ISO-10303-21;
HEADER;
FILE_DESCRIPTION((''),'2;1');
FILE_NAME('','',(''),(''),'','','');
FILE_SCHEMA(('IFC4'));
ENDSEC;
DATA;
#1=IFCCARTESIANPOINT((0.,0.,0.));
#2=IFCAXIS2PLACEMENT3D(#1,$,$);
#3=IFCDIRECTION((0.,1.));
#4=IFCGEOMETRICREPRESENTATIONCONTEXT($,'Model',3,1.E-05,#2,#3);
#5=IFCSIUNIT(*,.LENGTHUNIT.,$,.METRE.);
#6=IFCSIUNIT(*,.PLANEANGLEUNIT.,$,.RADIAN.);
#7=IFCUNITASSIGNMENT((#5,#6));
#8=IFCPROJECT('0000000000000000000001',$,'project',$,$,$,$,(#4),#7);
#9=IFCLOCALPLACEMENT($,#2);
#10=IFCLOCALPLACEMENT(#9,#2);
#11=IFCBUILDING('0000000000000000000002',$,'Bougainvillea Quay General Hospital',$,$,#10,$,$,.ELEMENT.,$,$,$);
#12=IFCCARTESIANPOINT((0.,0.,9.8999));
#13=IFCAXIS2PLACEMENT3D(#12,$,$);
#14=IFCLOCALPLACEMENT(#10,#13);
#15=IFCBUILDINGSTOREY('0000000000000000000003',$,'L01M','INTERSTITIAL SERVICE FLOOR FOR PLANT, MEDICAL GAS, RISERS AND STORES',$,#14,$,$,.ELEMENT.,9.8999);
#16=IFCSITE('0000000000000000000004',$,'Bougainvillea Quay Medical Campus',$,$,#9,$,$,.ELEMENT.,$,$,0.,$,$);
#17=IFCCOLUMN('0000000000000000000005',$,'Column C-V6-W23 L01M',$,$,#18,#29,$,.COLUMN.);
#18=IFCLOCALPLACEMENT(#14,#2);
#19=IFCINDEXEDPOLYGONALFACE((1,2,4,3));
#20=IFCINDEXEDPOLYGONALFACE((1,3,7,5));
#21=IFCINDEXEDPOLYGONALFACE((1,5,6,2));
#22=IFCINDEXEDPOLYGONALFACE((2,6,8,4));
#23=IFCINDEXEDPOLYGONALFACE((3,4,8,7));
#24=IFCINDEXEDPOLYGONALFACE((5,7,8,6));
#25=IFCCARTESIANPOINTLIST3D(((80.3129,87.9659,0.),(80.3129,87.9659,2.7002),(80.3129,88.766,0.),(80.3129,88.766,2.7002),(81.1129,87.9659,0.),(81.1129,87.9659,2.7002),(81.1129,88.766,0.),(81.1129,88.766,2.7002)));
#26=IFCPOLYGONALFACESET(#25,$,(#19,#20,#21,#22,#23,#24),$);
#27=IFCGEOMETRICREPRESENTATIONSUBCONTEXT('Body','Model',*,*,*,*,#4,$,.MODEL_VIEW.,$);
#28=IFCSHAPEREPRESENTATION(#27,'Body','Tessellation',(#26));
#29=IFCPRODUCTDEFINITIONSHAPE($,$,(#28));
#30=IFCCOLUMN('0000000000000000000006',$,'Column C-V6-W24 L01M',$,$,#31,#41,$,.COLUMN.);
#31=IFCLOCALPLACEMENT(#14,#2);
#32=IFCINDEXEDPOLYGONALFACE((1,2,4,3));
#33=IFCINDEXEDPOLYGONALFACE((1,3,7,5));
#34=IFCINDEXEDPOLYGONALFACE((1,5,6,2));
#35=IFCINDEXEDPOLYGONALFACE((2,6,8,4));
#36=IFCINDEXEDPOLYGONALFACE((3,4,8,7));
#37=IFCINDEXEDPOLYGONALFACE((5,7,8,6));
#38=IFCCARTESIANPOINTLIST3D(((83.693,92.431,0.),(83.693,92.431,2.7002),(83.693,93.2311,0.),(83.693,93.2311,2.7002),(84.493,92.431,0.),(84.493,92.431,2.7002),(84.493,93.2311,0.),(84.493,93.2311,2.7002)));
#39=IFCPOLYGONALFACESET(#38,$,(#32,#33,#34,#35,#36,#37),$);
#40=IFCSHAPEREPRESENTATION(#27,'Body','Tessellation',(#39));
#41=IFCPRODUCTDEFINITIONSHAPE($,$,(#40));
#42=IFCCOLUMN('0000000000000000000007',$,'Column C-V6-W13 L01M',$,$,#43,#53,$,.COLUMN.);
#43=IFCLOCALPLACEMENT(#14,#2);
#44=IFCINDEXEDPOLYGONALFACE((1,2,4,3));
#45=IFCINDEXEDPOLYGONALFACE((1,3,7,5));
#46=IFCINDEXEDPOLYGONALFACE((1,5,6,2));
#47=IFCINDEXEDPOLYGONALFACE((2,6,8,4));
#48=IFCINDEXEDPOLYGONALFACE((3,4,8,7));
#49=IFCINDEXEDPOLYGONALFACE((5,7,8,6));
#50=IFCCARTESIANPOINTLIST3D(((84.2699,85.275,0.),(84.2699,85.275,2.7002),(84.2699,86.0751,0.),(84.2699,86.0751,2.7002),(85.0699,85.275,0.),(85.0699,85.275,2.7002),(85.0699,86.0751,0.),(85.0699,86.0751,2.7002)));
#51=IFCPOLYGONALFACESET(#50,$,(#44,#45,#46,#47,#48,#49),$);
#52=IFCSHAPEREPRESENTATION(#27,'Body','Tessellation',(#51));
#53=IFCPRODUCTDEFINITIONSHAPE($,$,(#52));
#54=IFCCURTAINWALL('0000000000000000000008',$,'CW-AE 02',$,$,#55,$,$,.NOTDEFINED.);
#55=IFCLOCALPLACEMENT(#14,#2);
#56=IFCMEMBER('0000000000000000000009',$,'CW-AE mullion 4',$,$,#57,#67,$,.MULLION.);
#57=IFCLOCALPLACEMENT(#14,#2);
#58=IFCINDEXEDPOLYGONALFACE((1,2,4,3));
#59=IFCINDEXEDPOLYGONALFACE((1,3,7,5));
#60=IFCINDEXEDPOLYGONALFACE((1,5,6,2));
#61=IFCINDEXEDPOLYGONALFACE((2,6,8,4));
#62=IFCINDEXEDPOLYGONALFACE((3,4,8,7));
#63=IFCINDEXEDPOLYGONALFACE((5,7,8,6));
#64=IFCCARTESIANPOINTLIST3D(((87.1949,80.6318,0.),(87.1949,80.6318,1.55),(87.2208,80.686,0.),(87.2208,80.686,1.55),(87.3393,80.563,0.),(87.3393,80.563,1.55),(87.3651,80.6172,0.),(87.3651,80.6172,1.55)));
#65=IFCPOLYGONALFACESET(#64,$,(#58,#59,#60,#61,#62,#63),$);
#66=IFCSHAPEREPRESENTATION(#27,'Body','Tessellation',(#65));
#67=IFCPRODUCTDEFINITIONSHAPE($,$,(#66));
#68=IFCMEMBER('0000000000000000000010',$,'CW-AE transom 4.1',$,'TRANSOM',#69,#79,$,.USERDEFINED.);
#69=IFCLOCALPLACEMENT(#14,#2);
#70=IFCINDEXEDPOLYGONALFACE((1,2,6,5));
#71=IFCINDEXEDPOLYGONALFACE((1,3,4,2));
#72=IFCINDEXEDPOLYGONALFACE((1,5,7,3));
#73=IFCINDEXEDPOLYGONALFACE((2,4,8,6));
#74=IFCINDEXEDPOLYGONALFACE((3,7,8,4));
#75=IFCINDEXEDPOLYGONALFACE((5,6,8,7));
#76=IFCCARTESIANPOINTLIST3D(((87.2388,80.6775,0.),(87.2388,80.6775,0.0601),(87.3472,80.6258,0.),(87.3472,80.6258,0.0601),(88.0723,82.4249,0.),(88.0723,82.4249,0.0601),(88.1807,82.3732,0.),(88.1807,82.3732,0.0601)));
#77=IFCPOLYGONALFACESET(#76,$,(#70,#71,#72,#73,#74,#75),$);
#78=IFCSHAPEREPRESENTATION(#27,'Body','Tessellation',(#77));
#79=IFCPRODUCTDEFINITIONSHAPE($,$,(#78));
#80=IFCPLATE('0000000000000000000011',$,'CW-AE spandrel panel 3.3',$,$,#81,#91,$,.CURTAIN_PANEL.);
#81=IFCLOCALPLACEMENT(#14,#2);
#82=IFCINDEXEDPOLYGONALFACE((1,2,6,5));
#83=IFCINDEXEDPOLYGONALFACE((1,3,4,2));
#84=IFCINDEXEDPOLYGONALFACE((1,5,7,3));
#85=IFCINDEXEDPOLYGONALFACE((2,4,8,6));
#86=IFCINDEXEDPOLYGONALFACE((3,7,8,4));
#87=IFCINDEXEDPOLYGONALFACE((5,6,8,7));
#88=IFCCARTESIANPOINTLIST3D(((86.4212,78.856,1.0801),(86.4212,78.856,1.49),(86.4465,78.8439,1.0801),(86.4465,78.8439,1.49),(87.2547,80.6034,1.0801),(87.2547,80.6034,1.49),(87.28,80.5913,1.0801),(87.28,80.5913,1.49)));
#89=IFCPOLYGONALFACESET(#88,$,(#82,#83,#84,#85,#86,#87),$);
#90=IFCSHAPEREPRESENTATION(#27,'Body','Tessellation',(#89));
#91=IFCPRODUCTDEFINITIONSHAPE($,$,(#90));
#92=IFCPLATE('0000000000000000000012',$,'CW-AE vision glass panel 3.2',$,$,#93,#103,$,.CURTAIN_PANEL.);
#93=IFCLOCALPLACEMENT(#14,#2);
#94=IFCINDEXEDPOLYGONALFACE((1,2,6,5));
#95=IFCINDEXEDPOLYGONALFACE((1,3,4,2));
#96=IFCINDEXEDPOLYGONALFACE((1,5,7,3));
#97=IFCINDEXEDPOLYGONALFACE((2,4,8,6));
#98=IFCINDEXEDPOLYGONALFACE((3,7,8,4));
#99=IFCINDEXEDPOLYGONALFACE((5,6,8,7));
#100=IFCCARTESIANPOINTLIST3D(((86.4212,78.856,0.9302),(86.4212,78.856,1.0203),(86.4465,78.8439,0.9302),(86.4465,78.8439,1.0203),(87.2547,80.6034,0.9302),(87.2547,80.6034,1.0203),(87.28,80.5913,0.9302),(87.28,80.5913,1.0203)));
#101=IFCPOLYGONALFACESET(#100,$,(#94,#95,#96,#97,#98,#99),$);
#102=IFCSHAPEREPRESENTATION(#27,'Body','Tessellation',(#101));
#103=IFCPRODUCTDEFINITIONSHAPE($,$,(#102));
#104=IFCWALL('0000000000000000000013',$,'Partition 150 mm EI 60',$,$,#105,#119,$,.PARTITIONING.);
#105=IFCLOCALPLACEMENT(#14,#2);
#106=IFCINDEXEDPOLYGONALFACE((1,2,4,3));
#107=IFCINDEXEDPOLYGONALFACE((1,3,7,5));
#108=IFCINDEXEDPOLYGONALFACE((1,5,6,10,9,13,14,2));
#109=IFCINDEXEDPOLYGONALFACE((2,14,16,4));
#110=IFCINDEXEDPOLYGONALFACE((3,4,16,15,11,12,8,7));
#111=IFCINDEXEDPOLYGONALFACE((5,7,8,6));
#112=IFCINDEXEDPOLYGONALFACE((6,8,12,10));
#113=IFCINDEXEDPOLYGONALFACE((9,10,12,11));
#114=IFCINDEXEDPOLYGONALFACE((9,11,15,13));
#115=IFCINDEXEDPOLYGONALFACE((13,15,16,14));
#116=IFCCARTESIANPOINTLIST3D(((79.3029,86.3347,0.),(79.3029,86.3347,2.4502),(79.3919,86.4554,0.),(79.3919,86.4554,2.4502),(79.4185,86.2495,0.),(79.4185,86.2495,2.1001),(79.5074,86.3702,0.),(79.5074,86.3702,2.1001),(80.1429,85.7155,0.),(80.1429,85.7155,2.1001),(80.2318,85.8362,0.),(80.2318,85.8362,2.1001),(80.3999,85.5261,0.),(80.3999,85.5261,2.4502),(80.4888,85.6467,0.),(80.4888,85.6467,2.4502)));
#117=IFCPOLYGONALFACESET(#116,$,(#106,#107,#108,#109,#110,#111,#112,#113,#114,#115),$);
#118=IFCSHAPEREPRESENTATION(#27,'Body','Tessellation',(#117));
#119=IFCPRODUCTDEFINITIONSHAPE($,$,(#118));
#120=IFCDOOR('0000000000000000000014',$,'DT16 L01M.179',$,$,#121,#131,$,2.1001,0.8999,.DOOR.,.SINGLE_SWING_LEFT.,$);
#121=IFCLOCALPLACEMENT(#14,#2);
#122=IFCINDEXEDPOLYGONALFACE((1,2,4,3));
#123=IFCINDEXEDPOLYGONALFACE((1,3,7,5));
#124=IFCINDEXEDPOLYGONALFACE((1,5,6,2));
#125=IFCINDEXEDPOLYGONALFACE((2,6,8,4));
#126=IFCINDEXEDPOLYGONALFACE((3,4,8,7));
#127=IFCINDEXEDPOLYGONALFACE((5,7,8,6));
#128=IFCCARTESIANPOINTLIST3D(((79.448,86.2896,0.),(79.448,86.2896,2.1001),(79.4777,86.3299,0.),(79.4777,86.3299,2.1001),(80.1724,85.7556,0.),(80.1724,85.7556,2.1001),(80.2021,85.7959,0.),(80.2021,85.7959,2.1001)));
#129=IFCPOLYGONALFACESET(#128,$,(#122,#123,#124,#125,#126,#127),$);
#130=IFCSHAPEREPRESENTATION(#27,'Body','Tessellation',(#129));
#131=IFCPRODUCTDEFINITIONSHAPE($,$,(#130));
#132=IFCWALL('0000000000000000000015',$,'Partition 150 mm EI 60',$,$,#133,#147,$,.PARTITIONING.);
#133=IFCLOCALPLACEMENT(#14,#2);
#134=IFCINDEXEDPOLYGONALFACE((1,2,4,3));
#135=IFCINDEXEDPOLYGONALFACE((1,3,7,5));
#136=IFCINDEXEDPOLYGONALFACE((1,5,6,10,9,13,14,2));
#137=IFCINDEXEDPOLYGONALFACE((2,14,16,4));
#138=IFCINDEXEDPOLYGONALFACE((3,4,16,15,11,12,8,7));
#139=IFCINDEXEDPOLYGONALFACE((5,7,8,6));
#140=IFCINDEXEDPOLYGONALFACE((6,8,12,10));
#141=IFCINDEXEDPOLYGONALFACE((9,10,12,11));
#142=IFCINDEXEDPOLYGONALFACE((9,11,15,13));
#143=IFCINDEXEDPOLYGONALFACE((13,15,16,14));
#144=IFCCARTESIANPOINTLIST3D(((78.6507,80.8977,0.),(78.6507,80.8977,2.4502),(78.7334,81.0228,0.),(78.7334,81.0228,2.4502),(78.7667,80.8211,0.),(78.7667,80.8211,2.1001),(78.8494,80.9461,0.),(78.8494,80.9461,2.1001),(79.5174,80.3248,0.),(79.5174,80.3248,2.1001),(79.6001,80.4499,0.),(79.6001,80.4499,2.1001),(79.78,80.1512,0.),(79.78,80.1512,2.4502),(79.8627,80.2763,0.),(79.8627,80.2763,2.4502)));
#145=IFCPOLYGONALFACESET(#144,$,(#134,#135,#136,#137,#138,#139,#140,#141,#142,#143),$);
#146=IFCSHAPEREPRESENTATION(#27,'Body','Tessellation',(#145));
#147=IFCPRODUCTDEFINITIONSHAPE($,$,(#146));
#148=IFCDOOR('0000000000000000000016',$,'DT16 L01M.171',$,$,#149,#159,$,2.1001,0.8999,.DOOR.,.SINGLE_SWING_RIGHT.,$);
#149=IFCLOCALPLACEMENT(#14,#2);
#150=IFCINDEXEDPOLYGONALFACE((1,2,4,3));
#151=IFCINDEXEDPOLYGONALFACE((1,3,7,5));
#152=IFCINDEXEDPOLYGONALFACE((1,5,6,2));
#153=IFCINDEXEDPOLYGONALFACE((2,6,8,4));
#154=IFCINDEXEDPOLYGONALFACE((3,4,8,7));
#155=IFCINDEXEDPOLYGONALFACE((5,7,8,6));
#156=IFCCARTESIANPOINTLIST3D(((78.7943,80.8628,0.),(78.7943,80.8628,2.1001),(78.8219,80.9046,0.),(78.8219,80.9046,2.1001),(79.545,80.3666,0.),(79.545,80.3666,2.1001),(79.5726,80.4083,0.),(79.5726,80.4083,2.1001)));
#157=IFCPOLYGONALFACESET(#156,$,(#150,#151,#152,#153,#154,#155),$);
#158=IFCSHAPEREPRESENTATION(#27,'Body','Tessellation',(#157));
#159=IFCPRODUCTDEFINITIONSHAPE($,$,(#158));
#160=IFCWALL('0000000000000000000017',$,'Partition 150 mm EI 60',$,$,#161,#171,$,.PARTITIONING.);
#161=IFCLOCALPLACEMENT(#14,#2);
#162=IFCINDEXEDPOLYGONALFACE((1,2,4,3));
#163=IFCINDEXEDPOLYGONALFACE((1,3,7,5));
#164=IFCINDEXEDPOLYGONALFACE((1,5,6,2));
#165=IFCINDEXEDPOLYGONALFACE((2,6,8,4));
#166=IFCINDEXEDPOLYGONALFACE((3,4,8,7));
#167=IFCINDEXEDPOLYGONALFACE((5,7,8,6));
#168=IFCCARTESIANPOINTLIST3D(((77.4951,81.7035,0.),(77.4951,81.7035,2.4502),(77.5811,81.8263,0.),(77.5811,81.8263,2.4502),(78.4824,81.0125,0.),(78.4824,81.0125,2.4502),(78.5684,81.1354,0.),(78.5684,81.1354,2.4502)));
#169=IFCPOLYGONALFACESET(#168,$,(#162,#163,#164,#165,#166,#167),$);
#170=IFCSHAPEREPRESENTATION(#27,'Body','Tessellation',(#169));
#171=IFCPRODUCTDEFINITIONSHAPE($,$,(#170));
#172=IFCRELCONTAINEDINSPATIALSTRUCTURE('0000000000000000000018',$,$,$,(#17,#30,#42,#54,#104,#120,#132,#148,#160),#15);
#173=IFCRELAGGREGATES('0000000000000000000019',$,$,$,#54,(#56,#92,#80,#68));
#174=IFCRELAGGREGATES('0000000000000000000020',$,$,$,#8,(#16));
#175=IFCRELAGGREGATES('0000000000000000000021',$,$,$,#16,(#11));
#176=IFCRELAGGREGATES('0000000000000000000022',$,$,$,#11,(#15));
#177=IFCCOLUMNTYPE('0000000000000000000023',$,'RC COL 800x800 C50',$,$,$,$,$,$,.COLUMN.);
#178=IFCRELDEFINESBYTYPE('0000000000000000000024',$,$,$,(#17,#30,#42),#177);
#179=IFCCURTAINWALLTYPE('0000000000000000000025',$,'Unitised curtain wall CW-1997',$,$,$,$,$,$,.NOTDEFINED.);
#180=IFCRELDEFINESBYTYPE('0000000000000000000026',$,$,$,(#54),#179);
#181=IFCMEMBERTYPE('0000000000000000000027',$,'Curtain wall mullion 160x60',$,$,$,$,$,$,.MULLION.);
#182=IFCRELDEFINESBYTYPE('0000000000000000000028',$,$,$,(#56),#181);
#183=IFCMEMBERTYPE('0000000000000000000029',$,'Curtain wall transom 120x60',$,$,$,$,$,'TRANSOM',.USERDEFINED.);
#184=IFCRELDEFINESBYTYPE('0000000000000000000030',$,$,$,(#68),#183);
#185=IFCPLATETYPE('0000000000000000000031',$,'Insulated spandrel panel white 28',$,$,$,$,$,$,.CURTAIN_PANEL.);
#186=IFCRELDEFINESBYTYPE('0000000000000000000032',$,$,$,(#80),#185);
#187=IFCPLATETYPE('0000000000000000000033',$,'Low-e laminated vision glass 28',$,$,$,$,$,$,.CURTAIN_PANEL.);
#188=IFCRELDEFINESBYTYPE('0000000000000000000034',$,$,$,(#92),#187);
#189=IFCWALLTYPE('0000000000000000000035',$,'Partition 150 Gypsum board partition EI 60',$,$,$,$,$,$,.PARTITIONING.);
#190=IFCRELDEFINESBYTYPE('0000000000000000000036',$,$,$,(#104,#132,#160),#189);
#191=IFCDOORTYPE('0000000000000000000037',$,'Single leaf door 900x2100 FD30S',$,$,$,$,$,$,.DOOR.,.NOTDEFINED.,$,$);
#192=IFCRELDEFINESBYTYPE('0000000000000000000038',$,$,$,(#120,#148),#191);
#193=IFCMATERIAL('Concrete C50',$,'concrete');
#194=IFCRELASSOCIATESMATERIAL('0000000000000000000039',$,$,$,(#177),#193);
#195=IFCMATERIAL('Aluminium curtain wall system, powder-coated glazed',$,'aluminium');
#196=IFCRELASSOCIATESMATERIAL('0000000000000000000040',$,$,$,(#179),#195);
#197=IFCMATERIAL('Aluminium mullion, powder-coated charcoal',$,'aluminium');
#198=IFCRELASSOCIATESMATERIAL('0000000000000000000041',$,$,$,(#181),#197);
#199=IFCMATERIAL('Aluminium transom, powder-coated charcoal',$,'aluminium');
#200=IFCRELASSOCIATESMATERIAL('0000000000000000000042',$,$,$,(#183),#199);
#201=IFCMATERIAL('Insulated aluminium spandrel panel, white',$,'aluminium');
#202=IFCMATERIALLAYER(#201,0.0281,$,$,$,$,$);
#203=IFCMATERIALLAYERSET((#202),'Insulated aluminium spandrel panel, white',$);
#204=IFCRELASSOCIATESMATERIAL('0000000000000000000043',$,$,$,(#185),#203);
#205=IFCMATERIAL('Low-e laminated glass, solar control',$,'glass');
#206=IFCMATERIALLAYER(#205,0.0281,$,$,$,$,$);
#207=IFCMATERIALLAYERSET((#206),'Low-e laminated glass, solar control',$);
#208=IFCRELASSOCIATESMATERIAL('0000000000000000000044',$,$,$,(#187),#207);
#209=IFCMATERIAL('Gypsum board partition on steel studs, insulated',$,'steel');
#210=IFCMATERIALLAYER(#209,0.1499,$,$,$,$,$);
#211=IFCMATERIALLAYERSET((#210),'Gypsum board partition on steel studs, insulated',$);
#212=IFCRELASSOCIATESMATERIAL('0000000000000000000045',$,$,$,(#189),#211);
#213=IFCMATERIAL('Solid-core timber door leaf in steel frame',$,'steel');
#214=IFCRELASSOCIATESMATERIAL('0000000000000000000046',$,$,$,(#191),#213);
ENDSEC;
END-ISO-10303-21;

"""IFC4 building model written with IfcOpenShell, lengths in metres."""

from ifc_helpers import new_model, si_unit, direction, frame, frame_2d, origin, origin_2d, place, context, subcontext, project, spatial, rectangle, extrude, material, layer, layer_set, material_profile, profile_set, type_object, element, fill, aggregate, save


model = new_model("IFC4")

# Units and contexts
model_context = context("Model", 3, precision=1e-05, world=origin(), true_north=direction((0.0, 1.0)))
body_context = subcontext(model_context, "Body", "Model", "MODEL_VIEW")
ifc_project = project(units=[si_unit("LENGTHUNIT", "METRE"), si_unit("PLANEANGLEUNIT", "RADIAN")], contexts=[model_context])

# Site, building, storey
site_placement = place(None, origin())
site = spatial("IfcSite", under=ifc_project, at=site_placement, Name="Bougainvillea Quay Medical Campus", CompositionType="ELEMENT", RefElevation=0.0)
building_placement = place(site_placement, origin())
building = spatial("IfcBuilding", under=site, at=building_placement, Name="Bougainvillea Quay General Hospital", CompositionType="ELEMENT")
storey_placement = place(building_placement, frame((0.0, 0.0, 9.8999)))
storey = spatial("IfcBuildingStorey", under=building, at=storey_placement, Name="L01M", Description="INTERSTITIAL SERVICE FLOOR FOR PLANT, MEDICAL GAS, RISERS AND STORES", CompositionType="ELEMENT", Elevation=9.8999)

# Columns
ifc_material_1 = material(Name="Concrete C50", Category="concrete")
ifc_material_profile_1 = material_profile(ifc_material_1, rectangle(XDim=0.8, YDim=0.8, at=origin_2d()))
ifc_profile_set_1 = profile_set([ifc_material_profile_1], Name="Concrete C50")
column_type = type_object("IfcColumnType", Name="RC COL 800x800 C50", PredefinedType="COLUMN", material=ifc_profile_set_1)
for number, where, z_axis, x_axis, name in (
    (1, (80.7129, 88.366, 0.0), (0.0, 0.0, 1.0), (1.0, 0.0, 0.0), "Column C-V6-W23 L01M"),
    (2, (84.093, 92.8311, 0.0), (0.0, 0.0, 1.0), (1.0, 0.0, 0.0), "Column C-V6-W24 L01M"),
    (3, (84.6699, 85.675, 0.0), (0.0, 0.0, 1.0), (1.0, 0.0, 0.0), "Column C-V6-W13 L01M"),
):
    element("IfcColumn", number, at=place(storey_placement, frame(where, z_axis=z_axis, x_axis=x_axis)), inside=storey, type_object=column_type, Name=name, PredefinedType="COLUMN", context=body_context, shape_type="SweptSolid", body=[
        extrude(rectangle(XDim=0.8, YDim=0.8, at=origin_2d()), origin(), (0.0, 0.0, 1.0), 2.7002),
    ])

# Curtain wall, members, plates
ifc_material_2 = material(Name="Aluminium curtain wall system, powder-coated glazed", Category="aluminium")
curtain_wall_type = type_object("IfcCurtainWallType", Name="Unitised curtain wall CW-1997", PredefinedType="NOTDEFINED", material=ifc_material_2)
curtain_wall_placement = place(storey_placement, origin())
curtain_wall = element("IfcCurtainWall", 4, at=curtain_wall_placement, inside=storey, type_object=curtain_wall_type, Name="CW-AE 02", PredefinedType="NOTDEFINED")
ifc_material_3 = material(Name="Aluminium mullion, powder-coated charcoal", Category="aluminium")
ifc_material_profile_2 = material_profile(ifc_material_3, rectangle(XDim=0.1599, YDim=0.0601, at=origin_2d()))
ifc_profile_set_2 = profile_set([ifc_material_profile_2], Name="Aluminium mullion, powder-coated charcoal")
member_type_1 = type_object("IfcMemberType", Name="Curtain wall mullion 160x60", PredefinedType="MULLION", material=ifc_profile_set_2)
member_1_placement = place(storey_placement, frame((87.28, 80.6245, 0.0), z_axis=(0.0, 0.0, 1.0), x_axis=(-0.902578, 0.430525, 0.0)))
member_1 = element("IfcMember", 5, at=member_1_placement, type_object=member_type_1, Name="CW-AE mullion 4", PredefinedType="MULLION", context=body_context, shape_type="SweptSolid", body=[
    extrude(rectangle(XDim=0.1599, YDim=0.0601, at=origin_2d()), origin(), (0.0, 0.0, 1.0), 1.55),
])
ifc_material_4 = material(Name="Aluminium transom, powder-coated charcoal", Category="aluminium")
ifc_material_profile_3 = material_profile(ifc_material_4, rectangle(XDim=0.1201, YDim=0.0601, at=origin_2d()))
ifc_profile_set_3 = profile_set([ifc_material_profile_3], Name="Aluminium transom, powder-coated charcoal")
member_type_2 = type_object("IfcMemberType", Name="Curtain wall transom 120x60", ElementType="TRANSOM", PredefinedType="USERDEFINED", material=ifc_profile_set_3)
member_2_placement = place(storey_placement, frame((87.293, 80.6516, 0.03), z_axis=(0.43054, 0.902571, 0.0), x_axis=(-0.902571, 0.43054, 0.0)))
member_2 = element("IfcMember", 6, at=member_2_placement, type_object=member_type_2, Name="CW-AE transom 4.1", ObjectType="TRANSOM", PredefinedType="USERDEFINED", context=body_context, shape_type="SweptSolid", body=[
    extrude(rectangle(XDim=0.1201, YDim=0.0601, at=origin_2d()), origin(), (0.0, 0.0, 1.0), 1.936),
])
ifc_material_5 = material(Name="Insulated aluminium spandrel panel, white", Category="aluminium")
ifc_layer_1 = layer(ifc_material_5, 0.0281)
ifc_layer_set_1 = layer_set([ifc_layer_1], Name="Insulated aluminium spandrel panel, white")
plate_type_1 = type_object("IfcPlateType", Name="Insulated spandrel panel white 28", PredefinedType="CURTAIN_PANEL", material=ifc_layer_set_1)
plate_1_placement = place(storey_placement, frame((86.8506, 79.7236, 1.0801), z_axis=(0.0, 0.0, 1.0), x_axis=(0.430525, 0.902578, 0.0)))
plate_1 = element("IfcPlate", 7, at=plate_1_placement, type_object=plate_type_1, Name="CW-AE spandrel panel 3.3", PredefinedType="CURTAIN_PANEL", context=body_context, shape_type="SweptSolid", body=[
    extrude(rectangle(XDim=1.936, YDim=0.0281, at=origin_2d()), origin(), (0.0, 0.0, 1.0), 0.4099),
])
ifc_material_6 = material(Name="Low-e laminated glass, solar control", Category="glass")
ifc_layer_2 = layer(ifc_material_6, 0.0281)
ifc_layer_set_2 = layer_set([ifc_layer_2], Name="Low-e laminated glass, solar control")
plate_type_2 = type_object("IfcPlateType", Name="Low-e laminated vision glass 28", PredefinedType="CURTAIN_PANEL", material=ifc_layer_set_2)
plate_2_placement = place(storey_placement, frame((86.8506, 79.7236, 0.9302), z_axis=(0.0, 0.0, 1.0), x_axis=(0.430525, 0.902578, 0.0)))
plate_2 = element("IfcPlate", 8, at=plate_2_placement, type_object=plate_type_2, Name="CW-AE vision glass panel 3.2", PredefinedType="CURTAIN_PANEL", context=body_context, shape_type="SweptSolid", body=[
    extrude(rectangle(XDim=1.936, YDim=0.0281, at=origin_2d()), origin(), (0.0, 0.0, 1.0), 0.0901),
])
aggregate(curtain_wall, [member_1, plate_2, plate_1, member_2])

# Walls, openings, doors
ifc_material_7 = material(Name="Gypsum board partition on steel studs, insulated", Category="steel")
ifc_layer_3 = layer(ifc_material_7, 0.1499)
ifc_layer_set_3 = layer_set([ifc_layer_3], Name="Gypsum board partition on steel studs, insulated")
wall_type_1 = type_object("IfcWallType", Name="Partition 150 Gypsum board partition EI 60", PredefinedType="PARTITIONING", material=ifc_layer_set_3)
wall_1_placement = place(storey_placement, frame((79.3474, 86.395, 0.0), z_axis=(0.0, 0.0, 1.0), x_axis=(0.804939, -0.593358, 0.0)))
wall_1 = element("IfcWall", 9, at=wall_1_placement, inside=storey, type_object=wall_type_1, Name="Partition 150 mm EI 60", PredefinedType="PARTITIONING", context=body_context, shape_type="SweptSolid", body=[
    extrude(rectangle(XDim=1.3628, YDim=0.1499, at=frame_2d((0.6814, 0.0))), origin(), (0.0, 0.0, 1.0), 2.4502),
])
opening_1_placement = place(wall_1_placement, frame((0.1436, 0.0, 0.0)))
opening_1 = element("IfcOpeningElement", 10, at=opening_1_placement, cuts=wall_1, PredefinedType="OPENING", context=body_context, shape_type="SweptSolid", body=[
    extrude(rectangle(XDim=0.8999, YDim=2.1001, at=frame_2d((0.45, 1.05))), frame((0.0, 0.085, 0.0), z_axis=(0.0, -1.0, 0.0), x_axis=(1.0, 0.0, 0.0)), (0.0, 0.0, 1.0), 0.1699),
])
ifc_material_8 = material(Name="Solid-core timber door leaf in steel frame", Category="steel")
door_type = type_object("IfcDoorType", Name="Single leaf door 900x2100 FD30S", OperationType="NOTDEFINED", PredefinedType="DOOR", material=ifc_material_8)
door_1_placement = place(opening_1_placement, origin())
door_1 = element("IfcDoor", 11, at=door_1_placement, inside=storey, type_object=door_type, Name="DT16 L01M.179", OperationType="SINGLE_SWING_LEFT", OverallHeight=2.1001, OverallWidth=0.8999, PredefinedType="DOOR", context=body_context, shape_type="SweptSolid", body=[
    extrude(rectangle(XDim=0.8999, YDim=2.1001, at=frame_2d((0.45, 1.05))), frame((0.0, 0.0249, 0.0), z_axis=(0.0, -1.0, 0.0), x_axis=(1.0, 0.0, 0.0)), (0.0, 0.0, 1.0), 0.05),
])
fill(opening_1, door_1)
wall_2_placement = place(storey_placement, frame((78.6921, 80.9602, 0.0), z_axis=(0.0, 0.0, 1.0), x_axis=(0.834208, -0.55145, 0.0)))
wall_2 = element("IfcWall", 12, at=wall_2_placement, inside=storey, type_object=wall_type_1, Name="Partition 150 mm EI 60", PredefinedType="PARTITIONING", context=body_context, shape_type="SweptSolid", body=[
    extrude(rectangle(XDim=1.3538, YDim=0.1499, at=frame_2d((0.6768, 0.0))), origin(), (0.0, 0.0, 1.0), 2.4502),
])
opening_2_placement = place(wall_2_placement, frame((0.1389, 0.0, 0.0)))
opening_2 = element("IfcOpeningElement", 13, at=opening_2_placement, cuts=wall_2, PredefinedType="OPENING", context=body_context, shape_type="SweptSolid", body=[
    extrude(rectangle(XDim=0.8999, YDim=2.1001, at=frame_2d((0.45, 1.05))), frame((0.0, 0.085, 0.0), z_axis=(0.0, -1.0, 0.0), x_axis=(1.0, 0.0, 0.0)), (0.0, 0.0, 1.0), 0.1699),
])
door_2_placement = place(opening_2_placement, frame((0.8999, 0.0, 0.0), z_axis=(0.0, 0.0, 1.0), x_axis=(-1.0, 0.0, 0.0)))
door_2 = element("IfcDoor", 14, at=door_2_placement, inside=storey, type_object=door_type, Name="DT16 L01M.171", OperationType="SINGLE_SWING_RIGHT", OverallHeight=2.1001, OverallWidth=0.8999, PredefinedType="DOOR", context=body_context, shape_type="SweptSolid", body=[
    extrude(rectangle(XDim=0.8999, YDim=2.1001, at=frame_2d((0.45, 1.05))), frame((0.0, 0.0249, 0.0), z_axis=(0.0, -1.0, 0.0), x_axis=(1.0, 0.0, 0.0)), (0.0, 0.0, 1.0), 0.05),
])
fill(opening_2, door_2)

# Wall
wall_3_placement = place(storey_placement, frame((77.5381, 81.7649, 0.0), z_axis=(0.0, 0.0, 1.0), x_axis=(0.819308, -0.573354, 0.0)))
element("IfcWall", 15, at=wall_3_placement, inside=storey, type_object=wall_type_1, Name="Partition 150 mm EI 60", PredefinedType="PARTITIONING", context=body_context, shape_type="SweptSolid", body=[
    extrude(rectangle(XDim=1.2051, YDim=0.1499, at=frame_2d((0.6025, 0.0))), origin(), (0.0, 0.0, 1.0), 2.4502),
])

save(model, "model.ifc")
